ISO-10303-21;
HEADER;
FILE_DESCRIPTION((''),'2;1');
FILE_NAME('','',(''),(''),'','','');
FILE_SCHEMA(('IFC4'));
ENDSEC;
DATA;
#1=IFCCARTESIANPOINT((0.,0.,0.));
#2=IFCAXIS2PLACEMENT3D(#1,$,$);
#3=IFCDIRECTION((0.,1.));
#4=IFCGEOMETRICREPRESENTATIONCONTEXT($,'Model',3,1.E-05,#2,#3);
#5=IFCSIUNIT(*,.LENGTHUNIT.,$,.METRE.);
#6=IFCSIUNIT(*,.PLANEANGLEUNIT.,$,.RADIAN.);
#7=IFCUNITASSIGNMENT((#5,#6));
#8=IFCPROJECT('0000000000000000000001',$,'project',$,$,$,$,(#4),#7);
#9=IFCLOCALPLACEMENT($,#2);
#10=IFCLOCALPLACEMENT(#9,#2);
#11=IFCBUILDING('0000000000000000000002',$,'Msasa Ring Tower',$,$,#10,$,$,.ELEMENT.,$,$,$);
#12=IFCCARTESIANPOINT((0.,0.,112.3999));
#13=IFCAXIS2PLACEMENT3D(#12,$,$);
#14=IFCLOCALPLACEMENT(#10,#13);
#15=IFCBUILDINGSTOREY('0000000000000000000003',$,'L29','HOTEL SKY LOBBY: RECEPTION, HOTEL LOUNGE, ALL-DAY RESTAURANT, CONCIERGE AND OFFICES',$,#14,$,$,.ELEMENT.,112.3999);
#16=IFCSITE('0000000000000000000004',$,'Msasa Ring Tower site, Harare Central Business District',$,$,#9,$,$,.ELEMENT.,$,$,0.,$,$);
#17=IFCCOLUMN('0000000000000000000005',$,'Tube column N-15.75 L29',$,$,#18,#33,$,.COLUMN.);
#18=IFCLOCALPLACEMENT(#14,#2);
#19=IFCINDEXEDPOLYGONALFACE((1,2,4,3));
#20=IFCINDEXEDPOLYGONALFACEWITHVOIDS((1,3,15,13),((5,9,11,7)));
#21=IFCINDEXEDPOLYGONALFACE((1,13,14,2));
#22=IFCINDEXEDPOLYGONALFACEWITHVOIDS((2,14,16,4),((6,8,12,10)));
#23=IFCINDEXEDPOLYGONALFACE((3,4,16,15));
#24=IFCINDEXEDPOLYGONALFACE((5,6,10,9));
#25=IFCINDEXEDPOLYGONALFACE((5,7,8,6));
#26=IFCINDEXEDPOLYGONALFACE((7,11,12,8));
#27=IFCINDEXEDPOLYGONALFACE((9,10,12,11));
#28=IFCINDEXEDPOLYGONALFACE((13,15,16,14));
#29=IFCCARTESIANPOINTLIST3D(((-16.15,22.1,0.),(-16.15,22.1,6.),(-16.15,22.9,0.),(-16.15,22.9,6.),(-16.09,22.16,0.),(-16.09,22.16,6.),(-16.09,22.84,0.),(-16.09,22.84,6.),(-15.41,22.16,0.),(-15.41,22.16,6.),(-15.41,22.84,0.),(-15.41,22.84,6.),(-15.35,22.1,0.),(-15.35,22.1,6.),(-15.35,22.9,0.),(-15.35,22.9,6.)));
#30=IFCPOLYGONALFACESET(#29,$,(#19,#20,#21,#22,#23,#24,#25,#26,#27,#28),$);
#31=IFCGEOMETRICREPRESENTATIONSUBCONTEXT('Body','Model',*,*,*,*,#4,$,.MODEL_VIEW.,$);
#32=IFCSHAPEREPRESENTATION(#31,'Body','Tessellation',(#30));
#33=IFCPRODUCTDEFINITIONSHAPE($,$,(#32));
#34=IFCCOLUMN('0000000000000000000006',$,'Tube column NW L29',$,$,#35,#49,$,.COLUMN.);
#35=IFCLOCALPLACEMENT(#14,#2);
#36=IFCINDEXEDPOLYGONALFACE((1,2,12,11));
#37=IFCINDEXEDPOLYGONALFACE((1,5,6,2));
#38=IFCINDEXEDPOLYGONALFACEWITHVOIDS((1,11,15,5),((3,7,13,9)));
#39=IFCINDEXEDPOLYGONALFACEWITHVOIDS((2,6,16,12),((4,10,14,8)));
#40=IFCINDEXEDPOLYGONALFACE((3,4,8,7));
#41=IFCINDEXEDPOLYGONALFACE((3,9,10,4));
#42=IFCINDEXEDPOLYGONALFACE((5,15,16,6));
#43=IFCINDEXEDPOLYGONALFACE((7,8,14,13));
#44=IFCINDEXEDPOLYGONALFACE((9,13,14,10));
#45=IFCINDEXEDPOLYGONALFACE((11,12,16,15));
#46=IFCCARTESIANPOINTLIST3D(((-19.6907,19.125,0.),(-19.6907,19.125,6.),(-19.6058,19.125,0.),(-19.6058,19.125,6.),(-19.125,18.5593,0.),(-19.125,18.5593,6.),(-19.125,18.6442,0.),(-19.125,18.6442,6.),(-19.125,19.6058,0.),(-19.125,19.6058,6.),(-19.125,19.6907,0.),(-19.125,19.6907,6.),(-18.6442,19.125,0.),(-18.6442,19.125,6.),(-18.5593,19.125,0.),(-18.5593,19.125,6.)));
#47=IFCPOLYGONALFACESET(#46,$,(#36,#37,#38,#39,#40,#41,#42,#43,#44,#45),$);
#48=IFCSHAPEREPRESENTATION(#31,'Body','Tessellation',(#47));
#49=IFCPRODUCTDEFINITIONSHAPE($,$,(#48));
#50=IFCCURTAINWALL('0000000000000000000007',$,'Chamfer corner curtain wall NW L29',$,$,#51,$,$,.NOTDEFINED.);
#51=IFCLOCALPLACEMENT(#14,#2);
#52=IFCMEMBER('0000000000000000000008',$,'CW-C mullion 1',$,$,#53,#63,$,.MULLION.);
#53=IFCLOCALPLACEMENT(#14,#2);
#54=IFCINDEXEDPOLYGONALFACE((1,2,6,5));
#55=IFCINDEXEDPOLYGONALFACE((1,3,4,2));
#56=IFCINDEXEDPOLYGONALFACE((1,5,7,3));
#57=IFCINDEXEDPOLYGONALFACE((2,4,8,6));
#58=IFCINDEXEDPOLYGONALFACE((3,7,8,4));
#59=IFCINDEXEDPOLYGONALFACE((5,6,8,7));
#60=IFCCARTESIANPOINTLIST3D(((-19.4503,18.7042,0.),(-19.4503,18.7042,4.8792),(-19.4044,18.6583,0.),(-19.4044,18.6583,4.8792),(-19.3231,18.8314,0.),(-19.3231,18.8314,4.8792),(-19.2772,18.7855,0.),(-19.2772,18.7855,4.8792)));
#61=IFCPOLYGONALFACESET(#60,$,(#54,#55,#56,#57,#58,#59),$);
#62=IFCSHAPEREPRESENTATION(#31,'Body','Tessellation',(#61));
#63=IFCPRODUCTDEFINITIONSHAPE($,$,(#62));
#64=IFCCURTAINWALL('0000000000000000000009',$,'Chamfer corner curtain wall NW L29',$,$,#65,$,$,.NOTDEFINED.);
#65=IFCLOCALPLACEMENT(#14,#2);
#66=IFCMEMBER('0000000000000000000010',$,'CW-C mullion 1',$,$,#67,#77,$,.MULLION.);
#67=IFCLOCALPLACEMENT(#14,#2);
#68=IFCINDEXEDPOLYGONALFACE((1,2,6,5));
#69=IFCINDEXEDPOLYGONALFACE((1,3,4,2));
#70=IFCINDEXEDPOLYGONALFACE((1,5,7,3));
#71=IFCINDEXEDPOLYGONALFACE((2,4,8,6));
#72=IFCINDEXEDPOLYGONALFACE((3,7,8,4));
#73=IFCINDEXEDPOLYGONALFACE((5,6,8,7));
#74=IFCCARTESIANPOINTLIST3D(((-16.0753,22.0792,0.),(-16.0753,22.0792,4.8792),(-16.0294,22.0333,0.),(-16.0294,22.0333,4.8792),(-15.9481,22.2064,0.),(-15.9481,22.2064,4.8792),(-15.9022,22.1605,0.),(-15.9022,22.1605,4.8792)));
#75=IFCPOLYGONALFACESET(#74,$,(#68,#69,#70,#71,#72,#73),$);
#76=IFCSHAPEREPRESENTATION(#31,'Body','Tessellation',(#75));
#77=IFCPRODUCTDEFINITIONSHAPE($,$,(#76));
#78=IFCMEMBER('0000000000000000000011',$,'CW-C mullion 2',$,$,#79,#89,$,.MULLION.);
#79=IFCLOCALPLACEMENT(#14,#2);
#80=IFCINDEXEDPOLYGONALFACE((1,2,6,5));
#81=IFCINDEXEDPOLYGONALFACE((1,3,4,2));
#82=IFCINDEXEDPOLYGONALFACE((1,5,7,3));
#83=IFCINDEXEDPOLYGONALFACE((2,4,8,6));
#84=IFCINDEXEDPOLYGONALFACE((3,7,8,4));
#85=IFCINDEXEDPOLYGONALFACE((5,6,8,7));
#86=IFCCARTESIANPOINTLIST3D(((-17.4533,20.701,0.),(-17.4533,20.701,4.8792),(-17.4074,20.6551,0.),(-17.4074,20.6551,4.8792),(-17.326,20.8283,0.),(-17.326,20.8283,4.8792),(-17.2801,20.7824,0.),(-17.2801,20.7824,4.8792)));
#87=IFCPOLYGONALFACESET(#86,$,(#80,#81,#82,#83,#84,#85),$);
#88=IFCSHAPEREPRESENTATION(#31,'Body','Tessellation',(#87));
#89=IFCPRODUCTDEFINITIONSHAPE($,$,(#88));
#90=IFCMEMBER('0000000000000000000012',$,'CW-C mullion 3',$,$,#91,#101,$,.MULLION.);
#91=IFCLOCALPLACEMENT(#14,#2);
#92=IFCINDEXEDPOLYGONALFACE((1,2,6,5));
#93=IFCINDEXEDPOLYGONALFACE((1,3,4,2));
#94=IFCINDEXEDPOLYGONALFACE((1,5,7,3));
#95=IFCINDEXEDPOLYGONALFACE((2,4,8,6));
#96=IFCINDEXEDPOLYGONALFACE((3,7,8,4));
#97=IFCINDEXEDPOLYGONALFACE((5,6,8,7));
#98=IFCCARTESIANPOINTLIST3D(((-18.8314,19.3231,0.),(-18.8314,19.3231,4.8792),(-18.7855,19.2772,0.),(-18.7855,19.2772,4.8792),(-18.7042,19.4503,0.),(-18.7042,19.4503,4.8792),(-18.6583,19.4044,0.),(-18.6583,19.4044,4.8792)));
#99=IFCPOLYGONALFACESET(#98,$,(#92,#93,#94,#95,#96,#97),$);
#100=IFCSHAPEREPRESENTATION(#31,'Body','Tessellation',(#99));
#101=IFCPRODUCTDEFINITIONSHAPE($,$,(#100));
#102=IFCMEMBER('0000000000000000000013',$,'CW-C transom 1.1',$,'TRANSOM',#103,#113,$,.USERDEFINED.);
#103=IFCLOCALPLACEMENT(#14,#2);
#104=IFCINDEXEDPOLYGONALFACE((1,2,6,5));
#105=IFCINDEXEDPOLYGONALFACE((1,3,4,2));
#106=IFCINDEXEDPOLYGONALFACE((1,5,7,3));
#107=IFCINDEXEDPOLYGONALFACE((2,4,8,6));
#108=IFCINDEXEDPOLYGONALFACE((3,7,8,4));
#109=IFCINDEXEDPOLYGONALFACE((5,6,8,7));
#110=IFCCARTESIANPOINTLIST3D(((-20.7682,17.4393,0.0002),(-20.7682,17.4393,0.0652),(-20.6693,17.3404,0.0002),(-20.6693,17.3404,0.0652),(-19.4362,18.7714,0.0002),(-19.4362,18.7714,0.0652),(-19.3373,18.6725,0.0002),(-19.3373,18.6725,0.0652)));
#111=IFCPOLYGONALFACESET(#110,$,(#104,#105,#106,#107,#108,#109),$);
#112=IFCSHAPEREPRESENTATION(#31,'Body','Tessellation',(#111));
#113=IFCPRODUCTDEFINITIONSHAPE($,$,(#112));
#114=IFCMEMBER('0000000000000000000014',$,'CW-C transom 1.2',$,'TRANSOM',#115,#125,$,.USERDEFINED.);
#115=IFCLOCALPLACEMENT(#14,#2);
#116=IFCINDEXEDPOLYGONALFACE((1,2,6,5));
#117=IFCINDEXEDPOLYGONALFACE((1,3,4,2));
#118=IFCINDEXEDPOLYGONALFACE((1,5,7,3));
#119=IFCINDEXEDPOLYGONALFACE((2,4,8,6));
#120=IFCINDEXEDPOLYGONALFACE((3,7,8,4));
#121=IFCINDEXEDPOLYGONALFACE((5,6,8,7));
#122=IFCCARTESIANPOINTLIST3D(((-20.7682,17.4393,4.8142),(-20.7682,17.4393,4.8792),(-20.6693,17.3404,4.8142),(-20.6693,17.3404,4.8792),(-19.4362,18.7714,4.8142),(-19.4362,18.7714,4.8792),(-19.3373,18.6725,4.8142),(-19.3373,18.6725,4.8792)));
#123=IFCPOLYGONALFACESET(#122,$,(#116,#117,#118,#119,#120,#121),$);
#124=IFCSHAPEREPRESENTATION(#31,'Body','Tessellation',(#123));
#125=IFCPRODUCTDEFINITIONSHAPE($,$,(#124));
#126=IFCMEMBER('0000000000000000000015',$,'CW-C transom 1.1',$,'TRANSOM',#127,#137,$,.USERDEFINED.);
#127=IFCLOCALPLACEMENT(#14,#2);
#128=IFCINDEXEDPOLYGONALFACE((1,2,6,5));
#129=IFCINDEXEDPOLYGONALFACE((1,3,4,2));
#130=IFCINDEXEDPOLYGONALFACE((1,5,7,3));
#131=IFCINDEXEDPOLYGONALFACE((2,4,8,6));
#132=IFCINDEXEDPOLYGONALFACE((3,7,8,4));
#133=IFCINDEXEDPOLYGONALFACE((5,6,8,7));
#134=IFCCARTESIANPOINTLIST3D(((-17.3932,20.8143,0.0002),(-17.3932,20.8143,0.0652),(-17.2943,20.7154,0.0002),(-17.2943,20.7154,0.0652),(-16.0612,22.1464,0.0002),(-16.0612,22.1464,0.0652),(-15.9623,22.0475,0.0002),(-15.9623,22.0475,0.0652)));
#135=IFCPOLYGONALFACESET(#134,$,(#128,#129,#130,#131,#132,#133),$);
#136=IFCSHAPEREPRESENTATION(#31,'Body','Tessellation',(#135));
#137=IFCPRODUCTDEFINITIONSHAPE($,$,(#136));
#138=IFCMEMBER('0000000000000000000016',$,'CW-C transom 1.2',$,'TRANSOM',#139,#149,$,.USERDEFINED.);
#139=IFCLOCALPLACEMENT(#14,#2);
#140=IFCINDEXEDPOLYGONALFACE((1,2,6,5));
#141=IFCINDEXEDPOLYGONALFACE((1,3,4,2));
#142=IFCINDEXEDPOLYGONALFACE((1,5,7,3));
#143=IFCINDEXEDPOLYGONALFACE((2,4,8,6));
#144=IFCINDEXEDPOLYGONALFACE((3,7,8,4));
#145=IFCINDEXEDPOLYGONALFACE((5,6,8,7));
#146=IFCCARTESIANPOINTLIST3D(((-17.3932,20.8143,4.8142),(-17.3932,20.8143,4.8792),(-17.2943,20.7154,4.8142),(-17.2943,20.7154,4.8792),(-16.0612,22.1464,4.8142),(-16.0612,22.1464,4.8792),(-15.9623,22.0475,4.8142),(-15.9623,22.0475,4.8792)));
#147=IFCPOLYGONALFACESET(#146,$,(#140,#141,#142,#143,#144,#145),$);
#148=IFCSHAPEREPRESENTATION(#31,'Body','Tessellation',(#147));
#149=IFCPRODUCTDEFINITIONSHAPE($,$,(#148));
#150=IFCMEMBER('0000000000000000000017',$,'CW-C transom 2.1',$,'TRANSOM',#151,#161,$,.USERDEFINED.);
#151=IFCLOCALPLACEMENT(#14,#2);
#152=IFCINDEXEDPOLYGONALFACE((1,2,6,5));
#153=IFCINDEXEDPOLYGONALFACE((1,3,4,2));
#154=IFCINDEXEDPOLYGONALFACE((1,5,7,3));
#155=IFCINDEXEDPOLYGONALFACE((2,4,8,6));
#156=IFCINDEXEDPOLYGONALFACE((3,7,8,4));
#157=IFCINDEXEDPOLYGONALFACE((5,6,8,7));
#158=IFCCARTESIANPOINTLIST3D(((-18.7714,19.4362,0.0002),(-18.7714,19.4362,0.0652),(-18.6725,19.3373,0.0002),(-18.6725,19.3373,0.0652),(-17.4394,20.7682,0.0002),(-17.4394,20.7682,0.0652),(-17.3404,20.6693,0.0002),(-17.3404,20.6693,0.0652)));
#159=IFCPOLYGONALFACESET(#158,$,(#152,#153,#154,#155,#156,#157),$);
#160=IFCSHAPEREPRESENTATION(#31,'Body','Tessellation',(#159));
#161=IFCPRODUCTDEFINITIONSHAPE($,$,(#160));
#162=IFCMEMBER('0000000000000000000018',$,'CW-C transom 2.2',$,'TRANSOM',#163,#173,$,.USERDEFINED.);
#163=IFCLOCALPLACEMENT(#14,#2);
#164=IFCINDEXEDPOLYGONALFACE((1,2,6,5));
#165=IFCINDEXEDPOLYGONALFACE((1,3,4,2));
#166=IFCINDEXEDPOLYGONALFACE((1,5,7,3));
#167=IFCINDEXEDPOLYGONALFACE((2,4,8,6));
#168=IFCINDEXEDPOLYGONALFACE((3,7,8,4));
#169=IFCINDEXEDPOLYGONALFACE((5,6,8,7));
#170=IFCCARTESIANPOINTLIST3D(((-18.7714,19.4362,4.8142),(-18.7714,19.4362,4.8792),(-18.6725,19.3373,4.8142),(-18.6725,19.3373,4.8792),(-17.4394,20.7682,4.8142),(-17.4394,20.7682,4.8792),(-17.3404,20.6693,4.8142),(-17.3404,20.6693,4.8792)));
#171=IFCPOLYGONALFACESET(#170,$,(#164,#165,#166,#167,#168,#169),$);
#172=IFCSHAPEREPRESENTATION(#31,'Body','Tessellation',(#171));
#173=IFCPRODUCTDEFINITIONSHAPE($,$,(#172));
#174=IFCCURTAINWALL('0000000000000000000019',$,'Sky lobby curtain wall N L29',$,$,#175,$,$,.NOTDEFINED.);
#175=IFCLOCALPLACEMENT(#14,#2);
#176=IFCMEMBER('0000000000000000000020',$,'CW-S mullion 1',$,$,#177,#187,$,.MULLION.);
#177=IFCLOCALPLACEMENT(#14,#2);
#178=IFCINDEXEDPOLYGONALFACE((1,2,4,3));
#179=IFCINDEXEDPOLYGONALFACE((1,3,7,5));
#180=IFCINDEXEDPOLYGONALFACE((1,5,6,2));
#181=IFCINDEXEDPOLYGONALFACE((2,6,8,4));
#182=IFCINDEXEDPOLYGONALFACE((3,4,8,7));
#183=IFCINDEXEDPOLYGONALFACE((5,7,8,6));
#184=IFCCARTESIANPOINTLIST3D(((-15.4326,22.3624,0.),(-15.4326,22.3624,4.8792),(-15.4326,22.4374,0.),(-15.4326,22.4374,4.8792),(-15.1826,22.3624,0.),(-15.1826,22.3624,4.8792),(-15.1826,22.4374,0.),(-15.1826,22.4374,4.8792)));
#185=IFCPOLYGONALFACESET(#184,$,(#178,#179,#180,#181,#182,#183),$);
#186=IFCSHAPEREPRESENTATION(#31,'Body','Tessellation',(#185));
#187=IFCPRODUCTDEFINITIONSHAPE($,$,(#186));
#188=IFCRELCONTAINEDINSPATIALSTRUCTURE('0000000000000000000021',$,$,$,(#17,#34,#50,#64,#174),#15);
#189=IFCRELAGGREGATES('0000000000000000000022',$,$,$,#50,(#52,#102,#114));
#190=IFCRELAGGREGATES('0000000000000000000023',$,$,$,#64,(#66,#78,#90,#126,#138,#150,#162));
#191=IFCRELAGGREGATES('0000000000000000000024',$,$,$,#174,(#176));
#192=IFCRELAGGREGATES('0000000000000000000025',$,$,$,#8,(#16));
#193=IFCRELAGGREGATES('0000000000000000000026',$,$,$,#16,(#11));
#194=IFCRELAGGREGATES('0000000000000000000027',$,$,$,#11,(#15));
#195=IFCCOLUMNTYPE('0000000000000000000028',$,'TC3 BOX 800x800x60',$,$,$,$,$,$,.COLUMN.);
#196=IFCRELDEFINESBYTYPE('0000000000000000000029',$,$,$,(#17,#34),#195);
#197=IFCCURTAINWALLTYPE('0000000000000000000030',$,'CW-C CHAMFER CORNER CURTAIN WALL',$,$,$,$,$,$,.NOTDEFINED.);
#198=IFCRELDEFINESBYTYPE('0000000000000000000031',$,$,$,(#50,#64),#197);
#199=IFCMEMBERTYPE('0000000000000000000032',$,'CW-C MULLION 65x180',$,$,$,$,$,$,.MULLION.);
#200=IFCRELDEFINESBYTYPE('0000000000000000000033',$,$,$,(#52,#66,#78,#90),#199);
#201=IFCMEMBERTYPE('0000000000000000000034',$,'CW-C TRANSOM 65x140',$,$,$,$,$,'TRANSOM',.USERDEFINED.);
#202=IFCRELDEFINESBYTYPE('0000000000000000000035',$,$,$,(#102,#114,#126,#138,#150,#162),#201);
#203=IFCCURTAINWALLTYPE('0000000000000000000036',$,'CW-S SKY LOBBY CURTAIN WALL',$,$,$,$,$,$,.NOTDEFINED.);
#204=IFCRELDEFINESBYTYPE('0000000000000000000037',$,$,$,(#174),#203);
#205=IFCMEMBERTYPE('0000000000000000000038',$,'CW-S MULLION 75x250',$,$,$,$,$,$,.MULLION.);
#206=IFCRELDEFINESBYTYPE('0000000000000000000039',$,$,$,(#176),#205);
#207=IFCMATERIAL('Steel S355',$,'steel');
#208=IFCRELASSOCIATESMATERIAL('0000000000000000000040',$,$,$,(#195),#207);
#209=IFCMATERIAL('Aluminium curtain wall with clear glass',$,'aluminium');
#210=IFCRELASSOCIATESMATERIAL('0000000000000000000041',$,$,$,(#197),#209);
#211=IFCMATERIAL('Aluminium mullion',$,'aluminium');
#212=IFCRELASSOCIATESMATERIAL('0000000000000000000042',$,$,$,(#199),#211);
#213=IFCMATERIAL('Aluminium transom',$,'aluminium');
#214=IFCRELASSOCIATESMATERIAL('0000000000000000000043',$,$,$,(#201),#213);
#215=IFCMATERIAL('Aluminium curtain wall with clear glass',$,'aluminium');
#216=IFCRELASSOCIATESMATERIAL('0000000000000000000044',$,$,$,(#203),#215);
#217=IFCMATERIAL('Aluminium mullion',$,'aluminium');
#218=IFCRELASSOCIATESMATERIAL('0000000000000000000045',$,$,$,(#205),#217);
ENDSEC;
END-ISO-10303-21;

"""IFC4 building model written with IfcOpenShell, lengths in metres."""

from ifc_helpers import new_model, si_unit, direction, frame, origin, origin_2d, place, context, subcontext, project, spatial, rectangle, hollow_rectangle, extrude, material, material_profile, profile_set, type_object, element, aggregate, save


model = new_model("IFC4")

# Units and contexts
model_context = context("Model", 3, precision=1e-05, world=origin(), true_north=direction((0.0, 1.0)))
body_context = subcontext(model_context, "Body", "Model", "MODEL_VIEW")
ifc_project = project(units=[si_unit("LENGTHUNIT", "METRE"), si_unit("PLANEANGLEUNIT", "RADIAN")], contexts=[model_context])

# Site, building, storey
site_placement = place(None, origin())
site = spatial("IfcSite", under=ifc_project, at=site_placement, Name="Msasa Ring Tower site, Harare Central Business District", CompositionType="ELEMENT", RefElevation=0.0)
building_placement = place(site_placement, origin())
building = spatial("IfcBuilding", under=site, at=building_placement, Name="Msasa Ring Tower", CompositionType="ELEMENT")
storey_placement = place(building_placement, frame((0.0, 0.0, 112.3999)))
storey = spatial("IfcBuildingStorey", under=building, at=storey_placement, Name="L29", Description="HOTEL SKY LOBBY: RECEPTION, HOTEL LOUNGE, ALL-DAY RESTAURANT, CONCIERGE AND OFFICES", CompositionType="ELEMENT", Elevation=112.3999)

# Columns
ifc_material_1 = material(Name="Steel S355", Category="steel")
ifc_material_profile_1 = material_profile(ifc_material_1, hollow_rectangle(XDim=0.8, YDim=0.8, WallThickness=0.0601, at=origin_2d()), Name="BOX 800x800x60")
ifc_profile_set_1 = profile_set([ifc_material_profile_1], Name="Steel S355")
column_type = type_object("IfcColumnType", Name="TC3 BOX 800x800x60", PredefinedType="COLUMN", material=ifc_profile_set_1)
for number, where, z_axis, x_axis, name in (
    (1, (-15.75, 22.5, 0.0), (0.0, 0.0, 1.0), (0.0, 1.0, 0.0), "Tube column N-15.75 L29"),
    (2, (-19.125, 19.125, 0.0), (0.0, 0.0, 1.0), (0.707107, -0.707107, 0.0), "Tube column NW L29"),
):
    element("IfcColumn", number, at=place(storey_placement, frame(where, z_axis=z_axis, x_axis=x_axis)), inside=storey, type_object=column_type, Name=name, PredefinedType="COLUMN", context=body_context, shape_type="SweptSolid", body=[
        extrude(hollow_rectangle(XDim=0.8, YDim=0.8, WallThickness=0.0601, at=origin_2d()), origin(), (0.0, 0.0, 1.0), 6.0),
    ])

# Curtain wall, member
ifc_material_2 = material(Name="Aluminium curtain wall with clear glass", Category="aluminium")
curtain_wall_type_1 = type_object("IfcCurtainWallType", Name="CW-C CHAMFER CORNER CURTAIN WALL", PredefinedType="NOTDEFINED", material=ifc_material_2)
curtain_wall_1_placement = place(storey_placement, origin())
curtain_wall_1 = element("IfcCurtainWall", 3, at=curtain_wall_1_placement, inside=storey, type_object=curtain_wall_type_1, Name="Chamfer corner curtain wall NW L29", PredefinedType="NOTDEFINED")
ifc_material_3 = material(Name="Aluminium mullion", Category="aluminium")
ifc_material_profile_2 = material_profile(ifc_material_3, rectangle(XDim=0.0649, YDim=0.1799, at=origin_2d()), Name="AL 65x180")
ifc_profile_set_2 = profile_set([ifc_material_profile_2], Name="Aluminium mullion")
member_type_1 = type_object("IfcMemberType", Name="CW-C MULLION 65x180", PredefinedType="MULLION", material=ifc_profile_set_2)
member_1_placement = place(storey_placement, frame((-19.3638, 18.7449, 0.0), z_axis=(0.0, 0.0, 1.0), x_axis=(0.707107, -0.707107, 0.0)))
member_1 = element("IfcMember", 4, at=member_1_placement, type_object=member_type_1, Name="CW-C mullion 1", PredefinedType="MULLION", context=body_context, shape_type="SweptSolid", body=[
    extrude(rectangle(XDim=0.0649, YDim=0.1799, at=origin_2d()), origin(), (0.0, 0.0, 1.0), 4.8792),
])

# Curtain wall, members
curtain_wall_2_placement = place(storey_placement, origin())
curtain_wall_2 = element("IfcCurtainWall", 5, at=curtain_wall_2_placement, inside=storey, type_object=curtain_wall_type_1, Name="Chamfer corner curtain wall NW L29", PredefinedType="NOTDEFINED")
member_2_placement = place(storey_placement, frame((-15.9888, 22.1199, 0.0), z_axis=(0.0, 0.0, 1.0), x_axis=(0.707107, -0.707107, 0.0)))
member_2 = element("IfcMember", 6, at=member_2_placement, type_object=member_type_1, Name="CW-C mullion 1", PredefinedType="MULLION", context=body_context, shape_type="SweptSolid", body=[
    extrude(rectangle(XDim=0.0649, YDim=0.1799, at=origin_2d()), origin(), (0.0, 0.0, 1.0), 4.8792),
])
member_3_placement = place(storey_placement, frame((-17.3667, 20.7417, 0.0), z_axis=(0.0, 0.0, 1.0), x_axis=(0.707107, -0.707107, 0.0)))
member_3 = element("IfcMember", 7, at=member_3_placement, type_object=member_type_1, Name="CW-C mullion 2", PredefinedType="MULLION", context=body_context, shape_type="SweptSolid", body=[
    extrude(rectangle(XDim=0.0649, YDim=0.1799, at=origin_2d()), origin(), (0.0, 0.0, 1.0), 4.8792),
])
member_4_placement = place(storey_placement, frame((-18.7449, 19.3638, 0.0), z_axis=(0.0, 0.0, 1.0), x_axis=(0.707107, -0.707107, 0.0)))
member_4 = element("IfcMember", 8, at=member_4_placement, type_object=member_type_1, Name="CW-C mullion 3", PredefinedType="MULLION", context=body_context, shape_type="SweptSolid", body=[
    extrude(rectangle(XDim=0.0649, YDim=0.1799, at=origin_2d()), origin(), (0.0, 0.0, 1.0), 4.8792),
])

# Members
ifc_material_4 = material(Name="Aluminium transom", Category="aluminium")
ifc_material_profile_3 = material_profile(ifc_material_4, rectangle(XDim=0.1399, YDim=0.0649, at=origin_2d()), Name="AL 65x140")
ifc_profile_set_3 = profile_set([ifc_material_profile_3], Name="Aluminium transom")
member_type_2 = type_object("IfcMemberType", Name="CW-C TRANSOM 65x140", ElementType="TRANSOM", PredefinedType="USERDEFINED", material=ifc_profile_set_3)
member_5_placement = place(storey_placement, frame((-19.3867, 18.7219, 0.0327), z_axis=(-0.707107, -0.707107, 0.0), x_axis=(0.707107, -0.707107, 0.0)))
member_5 = element("IfcMember", 9, at=member_5_placement, type_object=member_type_2, Name="CW-C transom 1.1", ObjectType="TRANSOM", PredefinedType="USERDEFINED", context=body_context, shape_type="SweptSolid", body=[
    extrude(rectangle(XDim=0.1399, YDim=0.0649, at=origin_2d()), origin(), (0.0, 0.0, 1.0), 1.8838),
])
member_6_placement = place(storey_placement, frame((-19.3867, 18.7219, 4.8467), z_axis=(-0.707107, -0.707107, 0.0), x_axis=(0.707107, -0.707107, 0.0)))
member_6 = element("IfcMember", 10, at=member_6_placement, type_object=member_type_2, Name="CW-C transom 1.2", ObjectType="TRANSOM", PredefinedType="USERDEFINED", context=body_context, shape_type="SweptSolid", body=[
    extrude(rectangle(XDim=0.1399, YDim=0.0649, at=origin_2d()), origin(), (0.0, 0.0, 1.0), 1.8838),
])
aggregate(curtain_wall_1, [member_1, member_5, member_6])
member_7_placement = place(storey_placement, frame((-16.0117, 22.0969, 0.0327), z_axis=(-0.707107, -0.707107, 0.0), x_axis=(0.707107, -0.707107, 0.0)))
member_7 = element("IfcMember", 11, at=member_7_placement, type_object=member_type_2, Name="CW-C transom 1.1", ObjectType="TRANSOM", PredefinedType="USERDEFINED", context=body_context, shape_type="SweptSolid", body=[
    extrude(rectangle(XDim=0.1399, YDim=0.0649, at=origin_2d()), origin(), (0.0, 0.0, 1.0), 1.8838),
])
member_8_placement = place(storey_placement, frame((-16.0117, 22.0969, 4.8467), z_axis=(-0.707107, -0.707107, 0.0), x_axis=(0.707107, -0.707107, 0.0)))
member_8 = element("IfcMember", 12, at=member_8_placement, type_object=member_type_2, Name="CW-C transom 1.2", ObjectType="TRANSOM", PredefinedType="USERDEFINED", context=body_context, shape_type="SweptSolid", body=[
    extrude(rectangle(XDim=0.1399, YDim=0.0649, at=origin_2d()), origin(), (0.0, 0.0, 1.0), 1.8838),
])
member_9_placement = place(storey_placement, frame((-17.3899, 20.7188, 0.0327), z_axis=(-0.707107, -0.707107, 0.0), x_axis=(0.707107, -0.707107, 0.0)))
member_9 = element("IfcMember", 13, at=member_9_placement, type_object=member_type_2, Name="CW-C transom 2.1", ObjectType="TRANSOM", PredefinedType="USERDEFINED", context=body_context, shape_type="SweptSolid", body=[
    extrude(rectangle(XDim=0.1399, YDim=0.0649, at=origin_2d()), origin(), (0.0, 0.0, 1.0), 1.8838),
])
member_10_placement = place(storey_placement, frame((-17.3899, 20.7188, 4.8467), z_axis=(-0.707107, -0.707107, 0.0), x_axis=(0.707107, -0.707107, 0.0)))
member_10 = element("IfcMember", 14, at=member_10_placement, type_object=member_type_2, Name="CW-C transom 2.2", ObjectType="TRANSOM", PredefinedType="USERDEFINED", context=body_context, shape_type="SweptSolid", body=[
    extrude(rectangle(XDim=0.1399, YDim=0.0649, at=origin_2d()), origin(), (0.0, 0.0, 1.0), 1.8838),
])

# Curtain wall, member
ifc_material_5 = material(Name="Aluminium curtain wall with clear glass", Category="aluminium")
curtain_wall_type_2 = type_object("IfcCurtainWallType", Name="CW-S SKY LOBBY CURTAIN WALL", PredefinedType="NOTDEFINED", material=ifc_material_5)
curtain_wall_3_placement = place(storey_placement, origin())
curtain_wall_3 = element("IfcCurtainWall", 15, at=curtain_wall_3_placement, inside=storey, type_object=curtain_wall_type_2, Name="Sky lobby curtain wall N L29", PredefinedType="NOTDEFINED")
ifc_material_6 = material(Name="Aluminium mullion", Category="aluminium")
ifc_material_profile_4 = material_profile(ifc_material_6, rectangle(XDim=0.075, YDim=0.25, at=origin_2d()), Name="AL 75x250")
ifc_profile_set_4 = profile_set([ifc_material_profile_4], Name="Aluminium mullion")
member_type_3 = type_object("IfcMemberType", Name="CW-S MULLION 75x250", PredefinedType="MULLION", material=ifc_profile_set_4)
member_11_placement = place(storey_placement, frame((-15.3076, 22.3999, 0.0), z_axis=(0.0, 0.0, 1.0), x_axis=(0.0, 1.0, 0.0)))
member_11 = element("IfcMember", 16, at=member_11_placement, type_object=member_type_3, Name="CW-S mullion 1", PredefinedType="MULLION", context=body_context, shape_type="SweptSolid", body=[
    extrude(rectangle(XDim=0.075, YDim=0.25, at=origin_2d()), origin(), (0.0, 0.0, 1.0), 4.8792),
])

aggregate(curtain_wall_2, [member_2, member_3, member_4, member_7, member_8, member_9, member_10])
aggregate(curtain_wall_3, [member_11])

save(model, "model.ifc")
